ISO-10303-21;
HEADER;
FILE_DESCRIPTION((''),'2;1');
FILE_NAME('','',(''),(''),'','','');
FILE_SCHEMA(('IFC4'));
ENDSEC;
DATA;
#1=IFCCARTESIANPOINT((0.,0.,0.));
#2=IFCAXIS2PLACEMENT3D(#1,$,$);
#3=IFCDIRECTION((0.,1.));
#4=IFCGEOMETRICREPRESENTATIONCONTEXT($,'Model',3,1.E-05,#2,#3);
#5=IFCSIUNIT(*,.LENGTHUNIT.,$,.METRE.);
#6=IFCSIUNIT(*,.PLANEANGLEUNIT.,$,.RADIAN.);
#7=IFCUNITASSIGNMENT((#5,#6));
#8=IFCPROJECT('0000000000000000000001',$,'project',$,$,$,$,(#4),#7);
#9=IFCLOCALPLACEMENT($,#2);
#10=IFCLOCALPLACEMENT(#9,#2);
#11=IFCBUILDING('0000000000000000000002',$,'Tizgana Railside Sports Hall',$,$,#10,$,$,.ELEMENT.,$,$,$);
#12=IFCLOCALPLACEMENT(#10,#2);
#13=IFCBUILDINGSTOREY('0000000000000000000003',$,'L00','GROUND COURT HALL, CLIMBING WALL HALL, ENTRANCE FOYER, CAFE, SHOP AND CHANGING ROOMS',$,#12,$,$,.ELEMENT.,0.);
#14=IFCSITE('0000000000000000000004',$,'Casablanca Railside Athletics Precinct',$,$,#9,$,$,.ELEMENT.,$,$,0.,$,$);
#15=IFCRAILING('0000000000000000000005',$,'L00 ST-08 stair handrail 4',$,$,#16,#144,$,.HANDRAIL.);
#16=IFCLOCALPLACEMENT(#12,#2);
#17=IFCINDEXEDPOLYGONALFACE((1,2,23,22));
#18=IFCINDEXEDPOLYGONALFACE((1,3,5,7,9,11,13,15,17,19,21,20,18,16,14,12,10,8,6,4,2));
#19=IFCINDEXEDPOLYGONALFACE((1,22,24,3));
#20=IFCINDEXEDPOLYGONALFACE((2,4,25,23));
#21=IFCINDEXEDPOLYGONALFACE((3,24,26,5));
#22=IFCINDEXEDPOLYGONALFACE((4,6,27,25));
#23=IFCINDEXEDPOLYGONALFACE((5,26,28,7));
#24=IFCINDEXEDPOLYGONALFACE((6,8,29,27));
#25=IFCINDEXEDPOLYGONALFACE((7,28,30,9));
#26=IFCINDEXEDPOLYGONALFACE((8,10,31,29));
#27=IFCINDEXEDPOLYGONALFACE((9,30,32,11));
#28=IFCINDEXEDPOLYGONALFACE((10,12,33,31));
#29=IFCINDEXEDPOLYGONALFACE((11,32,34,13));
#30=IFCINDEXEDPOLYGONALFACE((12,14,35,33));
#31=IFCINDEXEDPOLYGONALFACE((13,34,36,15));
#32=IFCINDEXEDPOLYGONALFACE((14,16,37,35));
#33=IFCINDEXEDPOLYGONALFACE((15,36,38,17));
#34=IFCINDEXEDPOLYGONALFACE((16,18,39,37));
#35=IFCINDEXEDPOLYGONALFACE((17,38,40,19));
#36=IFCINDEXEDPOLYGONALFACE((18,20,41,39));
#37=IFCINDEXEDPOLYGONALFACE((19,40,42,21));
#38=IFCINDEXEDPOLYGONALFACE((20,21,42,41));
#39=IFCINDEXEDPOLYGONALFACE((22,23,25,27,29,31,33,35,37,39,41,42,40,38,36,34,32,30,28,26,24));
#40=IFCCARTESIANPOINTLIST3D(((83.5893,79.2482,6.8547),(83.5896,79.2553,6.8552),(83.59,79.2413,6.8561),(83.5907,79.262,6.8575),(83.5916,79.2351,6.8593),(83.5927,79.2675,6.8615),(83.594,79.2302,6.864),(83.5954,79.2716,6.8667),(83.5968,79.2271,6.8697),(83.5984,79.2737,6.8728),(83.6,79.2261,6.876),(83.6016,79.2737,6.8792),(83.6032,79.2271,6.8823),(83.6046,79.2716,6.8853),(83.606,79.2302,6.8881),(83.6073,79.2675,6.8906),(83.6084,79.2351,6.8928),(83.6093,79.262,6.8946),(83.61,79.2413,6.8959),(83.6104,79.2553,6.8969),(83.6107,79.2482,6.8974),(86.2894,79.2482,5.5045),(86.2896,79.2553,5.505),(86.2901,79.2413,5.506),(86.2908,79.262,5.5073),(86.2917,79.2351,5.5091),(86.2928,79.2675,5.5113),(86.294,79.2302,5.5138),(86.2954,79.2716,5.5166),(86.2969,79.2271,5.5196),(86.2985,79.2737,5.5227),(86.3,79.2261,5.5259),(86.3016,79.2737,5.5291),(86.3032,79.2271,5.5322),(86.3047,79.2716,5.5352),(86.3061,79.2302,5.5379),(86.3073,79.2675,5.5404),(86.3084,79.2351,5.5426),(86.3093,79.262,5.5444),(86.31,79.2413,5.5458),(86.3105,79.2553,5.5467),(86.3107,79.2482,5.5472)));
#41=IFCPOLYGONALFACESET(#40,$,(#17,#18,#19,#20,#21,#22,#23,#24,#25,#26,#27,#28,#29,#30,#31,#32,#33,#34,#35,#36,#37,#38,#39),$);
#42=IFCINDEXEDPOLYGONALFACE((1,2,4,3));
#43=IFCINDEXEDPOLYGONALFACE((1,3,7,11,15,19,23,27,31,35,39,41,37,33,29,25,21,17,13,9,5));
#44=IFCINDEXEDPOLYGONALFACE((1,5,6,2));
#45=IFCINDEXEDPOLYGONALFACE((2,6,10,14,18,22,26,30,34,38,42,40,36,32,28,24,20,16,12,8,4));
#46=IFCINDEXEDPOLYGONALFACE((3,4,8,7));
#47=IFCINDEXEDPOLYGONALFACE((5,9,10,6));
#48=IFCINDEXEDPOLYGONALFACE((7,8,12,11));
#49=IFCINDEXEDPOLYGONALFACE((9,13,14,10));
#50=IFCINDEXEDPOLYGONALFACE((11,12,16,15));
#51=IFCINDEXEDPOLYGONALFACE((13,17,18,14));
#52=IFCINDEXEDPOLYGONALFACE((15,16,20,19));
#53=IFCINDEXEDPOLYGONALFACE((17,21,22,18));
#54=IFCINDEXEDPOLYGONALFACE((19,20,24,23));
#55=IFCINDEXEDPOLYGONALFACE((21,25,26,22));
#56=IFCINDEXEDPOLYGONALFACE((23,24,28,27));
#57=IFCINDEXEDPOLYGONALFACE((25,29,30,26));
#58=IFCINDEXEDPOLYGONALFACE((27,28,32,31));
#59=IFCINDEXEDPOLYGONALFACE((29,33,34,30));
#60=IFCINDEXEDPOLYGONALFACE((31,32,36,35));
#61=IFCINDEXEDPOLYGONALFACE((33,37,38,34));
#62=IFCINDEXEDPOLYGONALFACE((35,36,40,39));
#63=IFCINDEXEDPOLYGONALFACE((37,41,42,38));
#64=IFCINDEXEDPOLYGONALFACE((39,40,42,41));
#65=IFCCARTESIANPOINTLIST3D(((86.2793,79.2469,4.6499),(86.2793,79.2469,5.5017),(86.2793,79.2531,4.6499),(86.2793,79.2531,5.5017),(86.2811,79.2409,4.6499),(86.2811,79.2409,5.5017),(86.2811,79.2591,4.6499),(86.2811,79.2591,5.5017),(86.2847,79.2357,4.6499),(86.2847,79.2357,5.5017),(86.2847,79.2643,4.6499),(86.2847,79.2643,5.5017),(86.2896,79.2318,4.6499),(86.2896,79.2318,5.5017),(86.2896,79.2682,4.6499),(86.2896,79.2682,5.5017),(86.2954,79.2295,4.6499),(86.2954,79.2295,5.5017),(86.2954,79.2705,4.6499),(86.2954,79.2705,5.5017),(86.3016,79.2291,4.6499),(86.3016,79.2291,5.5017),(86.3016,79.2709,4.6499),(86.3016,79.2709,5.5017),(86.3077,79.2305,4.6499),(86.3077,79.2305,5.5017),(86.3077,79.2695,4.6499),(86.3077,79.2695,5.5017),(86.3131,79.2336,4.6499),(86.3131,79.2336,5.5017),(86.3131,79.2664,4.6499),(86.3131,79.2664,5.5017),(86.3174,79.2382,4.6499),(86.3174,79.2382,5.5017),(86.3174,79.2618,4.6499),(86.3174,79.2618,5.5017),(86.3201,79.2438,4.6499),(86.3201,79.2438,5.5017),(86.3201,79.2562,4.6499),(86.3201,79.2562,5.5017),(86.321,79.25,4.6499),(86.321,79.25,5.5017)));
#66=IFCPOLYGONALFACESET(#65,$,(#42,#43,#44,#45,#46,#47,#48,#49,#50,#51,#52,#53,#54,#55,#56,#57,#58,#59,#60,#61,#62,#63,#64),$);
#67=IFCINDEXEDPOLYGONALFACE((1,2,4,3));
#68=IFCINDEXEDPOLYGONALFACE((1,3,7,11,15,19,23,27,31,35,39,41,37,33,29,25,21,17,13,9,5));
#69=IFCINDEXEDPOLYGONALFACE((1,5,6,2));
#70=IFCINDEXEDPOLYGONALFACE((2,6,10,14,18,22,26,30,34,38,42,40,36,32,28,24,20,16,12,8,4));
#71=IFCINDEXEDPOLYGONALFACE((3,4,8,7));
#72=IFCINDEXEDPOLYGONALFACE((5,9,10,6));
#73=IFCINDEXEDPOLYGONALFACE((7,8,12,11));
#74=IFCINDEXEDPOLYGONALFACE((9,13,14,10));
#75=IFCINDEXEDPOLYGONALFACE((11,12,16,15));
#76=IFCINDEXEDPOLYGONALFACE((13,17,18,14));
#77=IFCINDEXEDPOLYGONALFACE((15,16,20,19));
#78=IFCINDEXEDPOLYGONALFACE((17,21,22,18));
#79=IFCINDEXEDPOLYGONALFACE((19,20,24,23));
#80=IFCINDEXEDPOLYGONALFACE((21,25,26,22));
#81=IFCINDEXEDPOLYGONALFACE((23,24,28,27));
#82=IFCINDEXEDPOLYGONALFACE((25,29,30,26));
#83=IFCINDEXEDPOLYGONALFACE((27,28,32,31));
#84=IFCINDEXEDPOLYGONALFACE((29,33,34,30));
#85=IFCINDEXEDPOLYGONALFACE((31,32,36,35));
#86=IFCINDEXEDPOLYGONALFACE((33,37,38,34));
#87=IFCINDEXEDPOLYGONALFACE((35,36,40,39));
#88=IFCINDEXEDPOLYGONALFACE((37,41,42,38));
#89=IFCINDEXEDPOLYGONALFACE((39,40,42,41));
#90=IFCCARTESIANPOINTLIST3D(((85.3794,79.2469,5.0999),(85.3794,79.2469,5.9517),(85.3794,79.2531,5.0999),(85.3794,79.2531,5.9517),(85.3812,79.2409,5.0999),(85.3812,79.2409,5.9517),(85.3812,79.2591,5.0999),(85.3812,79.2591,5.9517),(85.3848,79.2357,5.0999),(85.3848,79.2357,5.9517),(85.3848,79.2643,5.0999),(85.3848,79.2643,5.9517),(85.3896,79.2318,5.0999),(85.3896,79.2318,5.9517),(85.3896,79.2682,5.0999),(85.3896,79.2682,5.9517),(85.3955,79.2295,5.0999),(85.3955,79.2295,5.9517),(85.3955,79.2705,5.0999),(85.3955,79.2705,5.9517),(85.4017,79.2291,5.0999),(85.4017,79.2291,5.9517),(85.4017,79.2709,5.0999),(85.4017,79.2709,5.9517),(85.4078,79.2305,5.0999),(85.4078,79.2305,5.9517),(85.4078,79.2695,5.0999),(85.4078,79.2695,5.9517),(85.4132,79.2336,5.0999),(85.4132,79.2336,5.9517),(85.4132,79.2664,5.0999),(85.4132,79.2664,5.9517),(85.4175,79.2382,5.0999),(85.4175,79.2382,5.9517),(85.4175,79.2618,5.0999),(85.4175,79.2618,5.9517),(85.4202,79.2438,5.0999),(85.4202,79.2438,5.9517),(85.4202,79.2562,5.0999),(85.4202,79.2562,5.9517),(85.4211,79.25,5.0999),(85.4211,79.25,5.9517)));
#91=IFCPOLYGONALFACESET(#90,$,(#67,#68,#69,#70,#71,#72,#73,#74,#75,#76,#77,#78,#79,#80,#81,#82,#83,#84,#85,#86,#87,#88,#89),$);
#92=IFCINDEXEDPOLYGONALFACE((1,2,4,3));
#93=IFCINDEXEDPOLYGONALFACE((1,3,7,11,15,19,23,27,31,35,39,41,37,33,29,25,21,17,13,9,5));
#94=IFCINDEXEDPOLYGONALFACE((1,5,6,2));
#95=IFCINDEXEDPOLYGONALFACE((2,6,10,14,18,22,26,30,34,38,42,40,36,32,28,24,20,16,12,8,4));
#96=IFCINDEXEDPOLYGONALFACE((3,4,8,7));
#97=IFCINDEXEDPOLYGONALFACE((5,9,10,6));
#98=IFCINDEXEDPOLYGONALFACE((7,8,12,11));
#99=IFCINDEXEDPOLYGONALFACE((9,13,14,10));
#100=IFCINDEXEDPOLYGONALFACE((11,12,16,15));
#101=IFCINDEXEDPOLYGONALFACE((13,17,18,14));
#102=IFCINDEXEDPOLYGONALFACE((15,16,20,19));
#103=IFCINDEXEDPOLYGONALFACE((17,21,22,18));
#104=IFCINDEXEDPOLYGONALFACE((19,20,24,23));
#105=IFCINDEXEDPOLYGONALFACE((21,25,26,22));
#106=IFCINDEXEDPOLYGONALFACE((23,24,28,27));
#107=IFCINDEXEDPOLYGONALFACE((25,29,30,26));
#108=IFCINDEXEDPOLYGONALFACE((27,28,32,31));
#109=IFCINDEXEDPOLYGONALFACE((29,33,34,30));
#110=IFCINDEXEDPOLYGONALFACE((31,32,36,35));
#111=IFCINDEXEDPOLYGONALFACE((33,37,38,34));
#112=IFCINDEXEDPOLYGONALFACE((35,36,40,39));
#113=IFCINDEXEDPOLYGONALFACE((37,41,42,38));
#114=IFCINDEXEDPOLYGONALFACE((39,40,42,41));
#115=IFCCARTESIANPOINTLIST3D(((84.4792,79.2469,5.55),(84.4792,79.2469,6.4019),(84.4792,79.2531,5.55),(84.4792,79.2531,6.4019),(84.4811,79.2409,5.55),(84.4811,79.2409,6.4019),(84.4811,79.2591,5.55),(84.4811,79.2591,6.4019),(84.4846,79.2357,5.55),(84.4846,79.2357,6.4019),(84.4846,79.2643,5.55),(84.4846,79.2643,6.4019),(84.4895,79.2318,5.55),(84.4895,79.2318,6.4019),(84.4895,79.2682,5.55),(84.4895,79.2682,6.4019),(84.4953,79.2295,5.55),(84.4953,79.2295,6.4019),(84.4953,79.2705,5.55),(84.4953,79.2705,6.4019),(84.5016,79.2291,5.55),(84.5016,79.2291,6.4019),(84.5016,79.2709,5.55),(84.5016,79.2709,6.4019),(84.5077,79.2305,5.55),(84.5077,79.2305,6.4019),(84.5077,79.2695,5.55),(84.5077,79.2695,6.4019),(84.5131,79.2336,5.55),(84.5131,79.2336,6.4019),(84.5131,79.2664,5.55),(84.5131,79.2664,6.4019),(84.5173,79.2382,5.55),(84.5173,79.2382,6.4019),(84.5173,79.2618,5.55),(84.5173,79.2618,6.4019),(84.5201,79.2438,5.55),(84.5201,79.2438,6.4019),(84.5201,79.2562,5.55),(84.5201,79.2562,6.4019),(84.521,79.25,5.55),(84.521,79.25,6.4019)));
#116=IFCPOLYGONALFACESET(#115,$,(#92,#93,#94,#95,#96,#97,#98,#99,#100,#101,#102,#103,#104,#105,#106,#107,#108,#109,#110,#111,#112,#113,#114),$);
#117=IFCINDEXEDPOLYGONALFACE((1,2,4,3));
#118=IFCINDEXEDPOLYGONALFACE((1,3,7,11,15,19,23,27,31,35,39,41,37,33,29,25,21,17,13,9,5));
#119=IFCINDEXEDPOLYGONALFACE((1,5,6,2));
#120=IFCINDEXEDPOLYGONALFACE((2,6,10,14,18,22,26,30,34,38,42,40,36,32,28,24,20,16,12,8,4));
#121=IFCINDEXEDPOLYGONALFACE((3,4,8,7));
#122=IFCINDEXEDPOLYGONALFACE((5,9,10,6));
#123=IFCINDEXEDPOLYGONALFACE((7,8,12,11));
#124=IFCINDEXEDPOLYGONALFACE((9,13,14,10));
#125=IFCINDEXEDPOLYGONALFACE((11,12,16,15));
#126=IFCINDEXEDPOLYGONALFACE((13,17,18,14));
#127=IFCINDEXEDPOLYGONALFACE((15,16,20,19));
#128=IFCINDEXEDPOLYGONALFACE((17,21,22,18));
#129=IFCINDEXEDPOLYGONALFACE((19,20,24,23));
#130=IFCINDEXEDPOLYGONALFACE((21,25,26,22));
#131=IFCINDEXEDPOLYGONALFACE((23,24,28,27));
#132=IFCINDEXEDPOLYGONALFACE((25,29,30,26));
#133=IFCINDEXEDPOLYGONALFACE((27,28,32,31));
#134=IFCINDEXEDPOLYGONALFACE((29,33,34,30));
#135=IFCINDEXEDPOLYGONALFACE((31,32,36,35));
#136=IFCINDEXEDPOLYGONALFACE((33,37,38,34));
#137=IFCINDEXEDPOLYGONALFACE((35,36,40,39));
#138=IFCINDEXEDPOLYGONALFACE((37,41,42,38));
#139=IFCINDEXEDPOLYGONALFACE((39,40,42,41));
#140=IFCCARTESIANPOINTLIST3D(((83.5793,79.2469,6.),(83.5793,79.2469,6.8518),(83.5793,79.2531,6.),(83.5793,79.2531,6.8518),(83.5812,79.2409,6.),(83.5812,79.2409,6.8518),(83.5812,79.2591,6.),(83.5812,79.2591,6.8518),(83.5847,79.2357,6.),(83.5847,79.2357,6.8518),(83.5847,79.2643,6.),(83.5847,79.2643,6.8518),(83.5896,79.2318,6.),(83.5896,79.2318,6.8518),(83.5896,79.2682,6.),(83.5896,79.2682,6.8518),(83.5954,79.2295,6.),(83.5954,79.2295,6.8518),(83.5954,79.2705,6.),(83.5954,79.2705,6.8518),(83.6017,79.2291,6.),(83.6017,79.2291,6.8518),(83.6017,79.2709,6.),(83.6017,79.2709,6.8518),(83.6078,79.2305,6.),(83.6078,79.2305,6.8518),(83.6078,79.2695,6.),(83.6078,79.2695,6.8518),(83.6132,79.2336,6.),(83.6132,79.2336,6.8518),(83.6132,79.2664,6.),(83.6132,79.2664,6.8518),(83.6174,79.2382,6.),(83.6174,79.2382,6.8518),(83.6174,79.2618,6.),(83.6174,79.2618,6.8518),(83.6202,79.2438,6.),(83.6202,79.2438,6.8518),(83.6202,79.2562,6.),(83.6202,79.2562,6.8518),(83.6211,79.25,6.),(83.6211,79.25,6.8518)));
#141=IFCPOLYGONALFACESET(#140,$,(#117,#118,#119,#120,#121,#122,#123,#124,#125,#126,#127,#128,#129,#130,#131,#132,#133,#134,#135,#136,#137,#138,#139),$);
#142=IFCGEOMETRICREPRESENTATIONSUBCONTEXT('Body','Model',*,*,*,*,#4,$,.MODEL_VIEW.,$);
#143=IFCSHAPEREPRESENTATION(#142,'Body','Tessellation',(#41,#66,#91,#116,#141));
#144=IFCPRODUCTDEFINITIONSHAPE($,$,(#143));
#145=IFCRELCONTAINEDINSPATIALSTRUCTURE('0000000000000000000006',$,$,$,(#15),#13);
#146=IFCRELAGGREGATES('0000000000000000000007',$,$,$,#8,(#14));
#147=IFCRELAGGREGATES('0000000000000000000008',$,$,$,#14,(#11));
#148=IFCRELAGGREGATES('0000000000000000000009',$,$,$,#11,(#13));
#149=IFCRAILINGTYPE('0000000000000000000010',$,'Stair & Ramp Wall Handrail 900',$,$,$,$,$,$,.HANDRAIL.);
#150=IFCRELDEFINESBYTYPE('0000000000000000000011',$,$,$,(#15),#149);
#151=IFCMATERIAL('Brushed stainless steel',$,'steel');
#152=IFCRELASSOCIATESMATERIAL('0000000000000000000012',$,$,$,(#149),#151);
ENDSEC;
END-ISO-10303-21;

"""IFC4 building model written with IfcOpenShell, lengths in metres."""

from ifc_helpers import new_model, si_unit, direction, frame, origin, origin_2d, place, context, subcontext, project, spatial, circle, extrude, material, type_object, element, save


model = new_model("IFC4")

# Units and contexts
model_context = context("Model", 3, precision=1e-05, world=origin(), true_north=direction((0.0, 1.0)))
body_context = subcontext(model_context, "Body", "Model", "MODEL_VIEW")
ifc_project = project(units=[si_unit("LENGTHUNIT", "METRE"), si_unit("PLANEANGLEUNIT", "RADIAN")], contexts=[model_context])

# Site, building, storey
site_placement = place(None, origin())
site = spatial("IfcSite", under=ifc_project, at=site_placement, Name="Casablanca Railside Athletics Precinct", CompositionType="ELEMENT", RefElevation=0.0)
building_placement = place(site_placement, origin())
building = spatial("IfcBuilding", under=site, at=building_placement, Name="Tizgana Railside Sports Hall", CompositionType="ELEMENT")
storey_placement = place(building_placement, origin())
storey = spatial("IfcBuildingStorey", under=building, at=storey_placement, Name="L00", Description="GROUND COURT HALL, CLIMBING WALL HALL, ENTRANCE FOYER, CAFE, SHOP AND CHANGING ROOMS", CompositionType="ELEMENT", Elevation=0.0)

# Railing
ifc_material_1 = material(Name="Brushed stainless steel", Category="steel")
railing_type_1 = type_object("IfcRailingType", Name="Stair & Ramp Wall Handrail 900", PredefinedType="HANDRAIL", material=ifc_material_1)
railing_1_placement = place(storey_placement, frame((86.3, 79.25, 4.6499)))
element("IfcRailing", 1, at=railing_1_placement, inside=storey, type_object=railing_type_1, Name="L00 ST-08 stair handrail 4", PredefinedType="HANDRAIL", context=body_context, shape_type="SweptSolid", body=[
    extrude(circle(Radius=0.0239, at=origin_2d()), frame((0.0, 0.0, 0.876), z_axis=(-0.894411, 0.0, 0.447246), x_axis=(0.0, -1.0, 0.0)), (0.0, 0.0, 1.0), 3.0188),
    extrude(circle(Radius=0.021, at=origin_2d()), origin(), (0.0, 0.0, 1.0), 0.8518),
    extrude(circle(Radius=0.021, at=origin_2d()), frame((-0.8999, 0.0, 0.45)), (0.0, 0.0, 1.0), 0.8518),
    extrude(circle(Radius=0.021, at=origin_2d()), frame((-1.8, 0.0, 0.9001)), (0.0, 0.0, 1.0), 0.8518),
    extrude(circle(Radius=0.021, at=origin_2d()), frame((-2.7, 0.0, 1.3501)), (0.0, 0.0, 1.0), 0.8518),
])

save(model, "model.ifc")
